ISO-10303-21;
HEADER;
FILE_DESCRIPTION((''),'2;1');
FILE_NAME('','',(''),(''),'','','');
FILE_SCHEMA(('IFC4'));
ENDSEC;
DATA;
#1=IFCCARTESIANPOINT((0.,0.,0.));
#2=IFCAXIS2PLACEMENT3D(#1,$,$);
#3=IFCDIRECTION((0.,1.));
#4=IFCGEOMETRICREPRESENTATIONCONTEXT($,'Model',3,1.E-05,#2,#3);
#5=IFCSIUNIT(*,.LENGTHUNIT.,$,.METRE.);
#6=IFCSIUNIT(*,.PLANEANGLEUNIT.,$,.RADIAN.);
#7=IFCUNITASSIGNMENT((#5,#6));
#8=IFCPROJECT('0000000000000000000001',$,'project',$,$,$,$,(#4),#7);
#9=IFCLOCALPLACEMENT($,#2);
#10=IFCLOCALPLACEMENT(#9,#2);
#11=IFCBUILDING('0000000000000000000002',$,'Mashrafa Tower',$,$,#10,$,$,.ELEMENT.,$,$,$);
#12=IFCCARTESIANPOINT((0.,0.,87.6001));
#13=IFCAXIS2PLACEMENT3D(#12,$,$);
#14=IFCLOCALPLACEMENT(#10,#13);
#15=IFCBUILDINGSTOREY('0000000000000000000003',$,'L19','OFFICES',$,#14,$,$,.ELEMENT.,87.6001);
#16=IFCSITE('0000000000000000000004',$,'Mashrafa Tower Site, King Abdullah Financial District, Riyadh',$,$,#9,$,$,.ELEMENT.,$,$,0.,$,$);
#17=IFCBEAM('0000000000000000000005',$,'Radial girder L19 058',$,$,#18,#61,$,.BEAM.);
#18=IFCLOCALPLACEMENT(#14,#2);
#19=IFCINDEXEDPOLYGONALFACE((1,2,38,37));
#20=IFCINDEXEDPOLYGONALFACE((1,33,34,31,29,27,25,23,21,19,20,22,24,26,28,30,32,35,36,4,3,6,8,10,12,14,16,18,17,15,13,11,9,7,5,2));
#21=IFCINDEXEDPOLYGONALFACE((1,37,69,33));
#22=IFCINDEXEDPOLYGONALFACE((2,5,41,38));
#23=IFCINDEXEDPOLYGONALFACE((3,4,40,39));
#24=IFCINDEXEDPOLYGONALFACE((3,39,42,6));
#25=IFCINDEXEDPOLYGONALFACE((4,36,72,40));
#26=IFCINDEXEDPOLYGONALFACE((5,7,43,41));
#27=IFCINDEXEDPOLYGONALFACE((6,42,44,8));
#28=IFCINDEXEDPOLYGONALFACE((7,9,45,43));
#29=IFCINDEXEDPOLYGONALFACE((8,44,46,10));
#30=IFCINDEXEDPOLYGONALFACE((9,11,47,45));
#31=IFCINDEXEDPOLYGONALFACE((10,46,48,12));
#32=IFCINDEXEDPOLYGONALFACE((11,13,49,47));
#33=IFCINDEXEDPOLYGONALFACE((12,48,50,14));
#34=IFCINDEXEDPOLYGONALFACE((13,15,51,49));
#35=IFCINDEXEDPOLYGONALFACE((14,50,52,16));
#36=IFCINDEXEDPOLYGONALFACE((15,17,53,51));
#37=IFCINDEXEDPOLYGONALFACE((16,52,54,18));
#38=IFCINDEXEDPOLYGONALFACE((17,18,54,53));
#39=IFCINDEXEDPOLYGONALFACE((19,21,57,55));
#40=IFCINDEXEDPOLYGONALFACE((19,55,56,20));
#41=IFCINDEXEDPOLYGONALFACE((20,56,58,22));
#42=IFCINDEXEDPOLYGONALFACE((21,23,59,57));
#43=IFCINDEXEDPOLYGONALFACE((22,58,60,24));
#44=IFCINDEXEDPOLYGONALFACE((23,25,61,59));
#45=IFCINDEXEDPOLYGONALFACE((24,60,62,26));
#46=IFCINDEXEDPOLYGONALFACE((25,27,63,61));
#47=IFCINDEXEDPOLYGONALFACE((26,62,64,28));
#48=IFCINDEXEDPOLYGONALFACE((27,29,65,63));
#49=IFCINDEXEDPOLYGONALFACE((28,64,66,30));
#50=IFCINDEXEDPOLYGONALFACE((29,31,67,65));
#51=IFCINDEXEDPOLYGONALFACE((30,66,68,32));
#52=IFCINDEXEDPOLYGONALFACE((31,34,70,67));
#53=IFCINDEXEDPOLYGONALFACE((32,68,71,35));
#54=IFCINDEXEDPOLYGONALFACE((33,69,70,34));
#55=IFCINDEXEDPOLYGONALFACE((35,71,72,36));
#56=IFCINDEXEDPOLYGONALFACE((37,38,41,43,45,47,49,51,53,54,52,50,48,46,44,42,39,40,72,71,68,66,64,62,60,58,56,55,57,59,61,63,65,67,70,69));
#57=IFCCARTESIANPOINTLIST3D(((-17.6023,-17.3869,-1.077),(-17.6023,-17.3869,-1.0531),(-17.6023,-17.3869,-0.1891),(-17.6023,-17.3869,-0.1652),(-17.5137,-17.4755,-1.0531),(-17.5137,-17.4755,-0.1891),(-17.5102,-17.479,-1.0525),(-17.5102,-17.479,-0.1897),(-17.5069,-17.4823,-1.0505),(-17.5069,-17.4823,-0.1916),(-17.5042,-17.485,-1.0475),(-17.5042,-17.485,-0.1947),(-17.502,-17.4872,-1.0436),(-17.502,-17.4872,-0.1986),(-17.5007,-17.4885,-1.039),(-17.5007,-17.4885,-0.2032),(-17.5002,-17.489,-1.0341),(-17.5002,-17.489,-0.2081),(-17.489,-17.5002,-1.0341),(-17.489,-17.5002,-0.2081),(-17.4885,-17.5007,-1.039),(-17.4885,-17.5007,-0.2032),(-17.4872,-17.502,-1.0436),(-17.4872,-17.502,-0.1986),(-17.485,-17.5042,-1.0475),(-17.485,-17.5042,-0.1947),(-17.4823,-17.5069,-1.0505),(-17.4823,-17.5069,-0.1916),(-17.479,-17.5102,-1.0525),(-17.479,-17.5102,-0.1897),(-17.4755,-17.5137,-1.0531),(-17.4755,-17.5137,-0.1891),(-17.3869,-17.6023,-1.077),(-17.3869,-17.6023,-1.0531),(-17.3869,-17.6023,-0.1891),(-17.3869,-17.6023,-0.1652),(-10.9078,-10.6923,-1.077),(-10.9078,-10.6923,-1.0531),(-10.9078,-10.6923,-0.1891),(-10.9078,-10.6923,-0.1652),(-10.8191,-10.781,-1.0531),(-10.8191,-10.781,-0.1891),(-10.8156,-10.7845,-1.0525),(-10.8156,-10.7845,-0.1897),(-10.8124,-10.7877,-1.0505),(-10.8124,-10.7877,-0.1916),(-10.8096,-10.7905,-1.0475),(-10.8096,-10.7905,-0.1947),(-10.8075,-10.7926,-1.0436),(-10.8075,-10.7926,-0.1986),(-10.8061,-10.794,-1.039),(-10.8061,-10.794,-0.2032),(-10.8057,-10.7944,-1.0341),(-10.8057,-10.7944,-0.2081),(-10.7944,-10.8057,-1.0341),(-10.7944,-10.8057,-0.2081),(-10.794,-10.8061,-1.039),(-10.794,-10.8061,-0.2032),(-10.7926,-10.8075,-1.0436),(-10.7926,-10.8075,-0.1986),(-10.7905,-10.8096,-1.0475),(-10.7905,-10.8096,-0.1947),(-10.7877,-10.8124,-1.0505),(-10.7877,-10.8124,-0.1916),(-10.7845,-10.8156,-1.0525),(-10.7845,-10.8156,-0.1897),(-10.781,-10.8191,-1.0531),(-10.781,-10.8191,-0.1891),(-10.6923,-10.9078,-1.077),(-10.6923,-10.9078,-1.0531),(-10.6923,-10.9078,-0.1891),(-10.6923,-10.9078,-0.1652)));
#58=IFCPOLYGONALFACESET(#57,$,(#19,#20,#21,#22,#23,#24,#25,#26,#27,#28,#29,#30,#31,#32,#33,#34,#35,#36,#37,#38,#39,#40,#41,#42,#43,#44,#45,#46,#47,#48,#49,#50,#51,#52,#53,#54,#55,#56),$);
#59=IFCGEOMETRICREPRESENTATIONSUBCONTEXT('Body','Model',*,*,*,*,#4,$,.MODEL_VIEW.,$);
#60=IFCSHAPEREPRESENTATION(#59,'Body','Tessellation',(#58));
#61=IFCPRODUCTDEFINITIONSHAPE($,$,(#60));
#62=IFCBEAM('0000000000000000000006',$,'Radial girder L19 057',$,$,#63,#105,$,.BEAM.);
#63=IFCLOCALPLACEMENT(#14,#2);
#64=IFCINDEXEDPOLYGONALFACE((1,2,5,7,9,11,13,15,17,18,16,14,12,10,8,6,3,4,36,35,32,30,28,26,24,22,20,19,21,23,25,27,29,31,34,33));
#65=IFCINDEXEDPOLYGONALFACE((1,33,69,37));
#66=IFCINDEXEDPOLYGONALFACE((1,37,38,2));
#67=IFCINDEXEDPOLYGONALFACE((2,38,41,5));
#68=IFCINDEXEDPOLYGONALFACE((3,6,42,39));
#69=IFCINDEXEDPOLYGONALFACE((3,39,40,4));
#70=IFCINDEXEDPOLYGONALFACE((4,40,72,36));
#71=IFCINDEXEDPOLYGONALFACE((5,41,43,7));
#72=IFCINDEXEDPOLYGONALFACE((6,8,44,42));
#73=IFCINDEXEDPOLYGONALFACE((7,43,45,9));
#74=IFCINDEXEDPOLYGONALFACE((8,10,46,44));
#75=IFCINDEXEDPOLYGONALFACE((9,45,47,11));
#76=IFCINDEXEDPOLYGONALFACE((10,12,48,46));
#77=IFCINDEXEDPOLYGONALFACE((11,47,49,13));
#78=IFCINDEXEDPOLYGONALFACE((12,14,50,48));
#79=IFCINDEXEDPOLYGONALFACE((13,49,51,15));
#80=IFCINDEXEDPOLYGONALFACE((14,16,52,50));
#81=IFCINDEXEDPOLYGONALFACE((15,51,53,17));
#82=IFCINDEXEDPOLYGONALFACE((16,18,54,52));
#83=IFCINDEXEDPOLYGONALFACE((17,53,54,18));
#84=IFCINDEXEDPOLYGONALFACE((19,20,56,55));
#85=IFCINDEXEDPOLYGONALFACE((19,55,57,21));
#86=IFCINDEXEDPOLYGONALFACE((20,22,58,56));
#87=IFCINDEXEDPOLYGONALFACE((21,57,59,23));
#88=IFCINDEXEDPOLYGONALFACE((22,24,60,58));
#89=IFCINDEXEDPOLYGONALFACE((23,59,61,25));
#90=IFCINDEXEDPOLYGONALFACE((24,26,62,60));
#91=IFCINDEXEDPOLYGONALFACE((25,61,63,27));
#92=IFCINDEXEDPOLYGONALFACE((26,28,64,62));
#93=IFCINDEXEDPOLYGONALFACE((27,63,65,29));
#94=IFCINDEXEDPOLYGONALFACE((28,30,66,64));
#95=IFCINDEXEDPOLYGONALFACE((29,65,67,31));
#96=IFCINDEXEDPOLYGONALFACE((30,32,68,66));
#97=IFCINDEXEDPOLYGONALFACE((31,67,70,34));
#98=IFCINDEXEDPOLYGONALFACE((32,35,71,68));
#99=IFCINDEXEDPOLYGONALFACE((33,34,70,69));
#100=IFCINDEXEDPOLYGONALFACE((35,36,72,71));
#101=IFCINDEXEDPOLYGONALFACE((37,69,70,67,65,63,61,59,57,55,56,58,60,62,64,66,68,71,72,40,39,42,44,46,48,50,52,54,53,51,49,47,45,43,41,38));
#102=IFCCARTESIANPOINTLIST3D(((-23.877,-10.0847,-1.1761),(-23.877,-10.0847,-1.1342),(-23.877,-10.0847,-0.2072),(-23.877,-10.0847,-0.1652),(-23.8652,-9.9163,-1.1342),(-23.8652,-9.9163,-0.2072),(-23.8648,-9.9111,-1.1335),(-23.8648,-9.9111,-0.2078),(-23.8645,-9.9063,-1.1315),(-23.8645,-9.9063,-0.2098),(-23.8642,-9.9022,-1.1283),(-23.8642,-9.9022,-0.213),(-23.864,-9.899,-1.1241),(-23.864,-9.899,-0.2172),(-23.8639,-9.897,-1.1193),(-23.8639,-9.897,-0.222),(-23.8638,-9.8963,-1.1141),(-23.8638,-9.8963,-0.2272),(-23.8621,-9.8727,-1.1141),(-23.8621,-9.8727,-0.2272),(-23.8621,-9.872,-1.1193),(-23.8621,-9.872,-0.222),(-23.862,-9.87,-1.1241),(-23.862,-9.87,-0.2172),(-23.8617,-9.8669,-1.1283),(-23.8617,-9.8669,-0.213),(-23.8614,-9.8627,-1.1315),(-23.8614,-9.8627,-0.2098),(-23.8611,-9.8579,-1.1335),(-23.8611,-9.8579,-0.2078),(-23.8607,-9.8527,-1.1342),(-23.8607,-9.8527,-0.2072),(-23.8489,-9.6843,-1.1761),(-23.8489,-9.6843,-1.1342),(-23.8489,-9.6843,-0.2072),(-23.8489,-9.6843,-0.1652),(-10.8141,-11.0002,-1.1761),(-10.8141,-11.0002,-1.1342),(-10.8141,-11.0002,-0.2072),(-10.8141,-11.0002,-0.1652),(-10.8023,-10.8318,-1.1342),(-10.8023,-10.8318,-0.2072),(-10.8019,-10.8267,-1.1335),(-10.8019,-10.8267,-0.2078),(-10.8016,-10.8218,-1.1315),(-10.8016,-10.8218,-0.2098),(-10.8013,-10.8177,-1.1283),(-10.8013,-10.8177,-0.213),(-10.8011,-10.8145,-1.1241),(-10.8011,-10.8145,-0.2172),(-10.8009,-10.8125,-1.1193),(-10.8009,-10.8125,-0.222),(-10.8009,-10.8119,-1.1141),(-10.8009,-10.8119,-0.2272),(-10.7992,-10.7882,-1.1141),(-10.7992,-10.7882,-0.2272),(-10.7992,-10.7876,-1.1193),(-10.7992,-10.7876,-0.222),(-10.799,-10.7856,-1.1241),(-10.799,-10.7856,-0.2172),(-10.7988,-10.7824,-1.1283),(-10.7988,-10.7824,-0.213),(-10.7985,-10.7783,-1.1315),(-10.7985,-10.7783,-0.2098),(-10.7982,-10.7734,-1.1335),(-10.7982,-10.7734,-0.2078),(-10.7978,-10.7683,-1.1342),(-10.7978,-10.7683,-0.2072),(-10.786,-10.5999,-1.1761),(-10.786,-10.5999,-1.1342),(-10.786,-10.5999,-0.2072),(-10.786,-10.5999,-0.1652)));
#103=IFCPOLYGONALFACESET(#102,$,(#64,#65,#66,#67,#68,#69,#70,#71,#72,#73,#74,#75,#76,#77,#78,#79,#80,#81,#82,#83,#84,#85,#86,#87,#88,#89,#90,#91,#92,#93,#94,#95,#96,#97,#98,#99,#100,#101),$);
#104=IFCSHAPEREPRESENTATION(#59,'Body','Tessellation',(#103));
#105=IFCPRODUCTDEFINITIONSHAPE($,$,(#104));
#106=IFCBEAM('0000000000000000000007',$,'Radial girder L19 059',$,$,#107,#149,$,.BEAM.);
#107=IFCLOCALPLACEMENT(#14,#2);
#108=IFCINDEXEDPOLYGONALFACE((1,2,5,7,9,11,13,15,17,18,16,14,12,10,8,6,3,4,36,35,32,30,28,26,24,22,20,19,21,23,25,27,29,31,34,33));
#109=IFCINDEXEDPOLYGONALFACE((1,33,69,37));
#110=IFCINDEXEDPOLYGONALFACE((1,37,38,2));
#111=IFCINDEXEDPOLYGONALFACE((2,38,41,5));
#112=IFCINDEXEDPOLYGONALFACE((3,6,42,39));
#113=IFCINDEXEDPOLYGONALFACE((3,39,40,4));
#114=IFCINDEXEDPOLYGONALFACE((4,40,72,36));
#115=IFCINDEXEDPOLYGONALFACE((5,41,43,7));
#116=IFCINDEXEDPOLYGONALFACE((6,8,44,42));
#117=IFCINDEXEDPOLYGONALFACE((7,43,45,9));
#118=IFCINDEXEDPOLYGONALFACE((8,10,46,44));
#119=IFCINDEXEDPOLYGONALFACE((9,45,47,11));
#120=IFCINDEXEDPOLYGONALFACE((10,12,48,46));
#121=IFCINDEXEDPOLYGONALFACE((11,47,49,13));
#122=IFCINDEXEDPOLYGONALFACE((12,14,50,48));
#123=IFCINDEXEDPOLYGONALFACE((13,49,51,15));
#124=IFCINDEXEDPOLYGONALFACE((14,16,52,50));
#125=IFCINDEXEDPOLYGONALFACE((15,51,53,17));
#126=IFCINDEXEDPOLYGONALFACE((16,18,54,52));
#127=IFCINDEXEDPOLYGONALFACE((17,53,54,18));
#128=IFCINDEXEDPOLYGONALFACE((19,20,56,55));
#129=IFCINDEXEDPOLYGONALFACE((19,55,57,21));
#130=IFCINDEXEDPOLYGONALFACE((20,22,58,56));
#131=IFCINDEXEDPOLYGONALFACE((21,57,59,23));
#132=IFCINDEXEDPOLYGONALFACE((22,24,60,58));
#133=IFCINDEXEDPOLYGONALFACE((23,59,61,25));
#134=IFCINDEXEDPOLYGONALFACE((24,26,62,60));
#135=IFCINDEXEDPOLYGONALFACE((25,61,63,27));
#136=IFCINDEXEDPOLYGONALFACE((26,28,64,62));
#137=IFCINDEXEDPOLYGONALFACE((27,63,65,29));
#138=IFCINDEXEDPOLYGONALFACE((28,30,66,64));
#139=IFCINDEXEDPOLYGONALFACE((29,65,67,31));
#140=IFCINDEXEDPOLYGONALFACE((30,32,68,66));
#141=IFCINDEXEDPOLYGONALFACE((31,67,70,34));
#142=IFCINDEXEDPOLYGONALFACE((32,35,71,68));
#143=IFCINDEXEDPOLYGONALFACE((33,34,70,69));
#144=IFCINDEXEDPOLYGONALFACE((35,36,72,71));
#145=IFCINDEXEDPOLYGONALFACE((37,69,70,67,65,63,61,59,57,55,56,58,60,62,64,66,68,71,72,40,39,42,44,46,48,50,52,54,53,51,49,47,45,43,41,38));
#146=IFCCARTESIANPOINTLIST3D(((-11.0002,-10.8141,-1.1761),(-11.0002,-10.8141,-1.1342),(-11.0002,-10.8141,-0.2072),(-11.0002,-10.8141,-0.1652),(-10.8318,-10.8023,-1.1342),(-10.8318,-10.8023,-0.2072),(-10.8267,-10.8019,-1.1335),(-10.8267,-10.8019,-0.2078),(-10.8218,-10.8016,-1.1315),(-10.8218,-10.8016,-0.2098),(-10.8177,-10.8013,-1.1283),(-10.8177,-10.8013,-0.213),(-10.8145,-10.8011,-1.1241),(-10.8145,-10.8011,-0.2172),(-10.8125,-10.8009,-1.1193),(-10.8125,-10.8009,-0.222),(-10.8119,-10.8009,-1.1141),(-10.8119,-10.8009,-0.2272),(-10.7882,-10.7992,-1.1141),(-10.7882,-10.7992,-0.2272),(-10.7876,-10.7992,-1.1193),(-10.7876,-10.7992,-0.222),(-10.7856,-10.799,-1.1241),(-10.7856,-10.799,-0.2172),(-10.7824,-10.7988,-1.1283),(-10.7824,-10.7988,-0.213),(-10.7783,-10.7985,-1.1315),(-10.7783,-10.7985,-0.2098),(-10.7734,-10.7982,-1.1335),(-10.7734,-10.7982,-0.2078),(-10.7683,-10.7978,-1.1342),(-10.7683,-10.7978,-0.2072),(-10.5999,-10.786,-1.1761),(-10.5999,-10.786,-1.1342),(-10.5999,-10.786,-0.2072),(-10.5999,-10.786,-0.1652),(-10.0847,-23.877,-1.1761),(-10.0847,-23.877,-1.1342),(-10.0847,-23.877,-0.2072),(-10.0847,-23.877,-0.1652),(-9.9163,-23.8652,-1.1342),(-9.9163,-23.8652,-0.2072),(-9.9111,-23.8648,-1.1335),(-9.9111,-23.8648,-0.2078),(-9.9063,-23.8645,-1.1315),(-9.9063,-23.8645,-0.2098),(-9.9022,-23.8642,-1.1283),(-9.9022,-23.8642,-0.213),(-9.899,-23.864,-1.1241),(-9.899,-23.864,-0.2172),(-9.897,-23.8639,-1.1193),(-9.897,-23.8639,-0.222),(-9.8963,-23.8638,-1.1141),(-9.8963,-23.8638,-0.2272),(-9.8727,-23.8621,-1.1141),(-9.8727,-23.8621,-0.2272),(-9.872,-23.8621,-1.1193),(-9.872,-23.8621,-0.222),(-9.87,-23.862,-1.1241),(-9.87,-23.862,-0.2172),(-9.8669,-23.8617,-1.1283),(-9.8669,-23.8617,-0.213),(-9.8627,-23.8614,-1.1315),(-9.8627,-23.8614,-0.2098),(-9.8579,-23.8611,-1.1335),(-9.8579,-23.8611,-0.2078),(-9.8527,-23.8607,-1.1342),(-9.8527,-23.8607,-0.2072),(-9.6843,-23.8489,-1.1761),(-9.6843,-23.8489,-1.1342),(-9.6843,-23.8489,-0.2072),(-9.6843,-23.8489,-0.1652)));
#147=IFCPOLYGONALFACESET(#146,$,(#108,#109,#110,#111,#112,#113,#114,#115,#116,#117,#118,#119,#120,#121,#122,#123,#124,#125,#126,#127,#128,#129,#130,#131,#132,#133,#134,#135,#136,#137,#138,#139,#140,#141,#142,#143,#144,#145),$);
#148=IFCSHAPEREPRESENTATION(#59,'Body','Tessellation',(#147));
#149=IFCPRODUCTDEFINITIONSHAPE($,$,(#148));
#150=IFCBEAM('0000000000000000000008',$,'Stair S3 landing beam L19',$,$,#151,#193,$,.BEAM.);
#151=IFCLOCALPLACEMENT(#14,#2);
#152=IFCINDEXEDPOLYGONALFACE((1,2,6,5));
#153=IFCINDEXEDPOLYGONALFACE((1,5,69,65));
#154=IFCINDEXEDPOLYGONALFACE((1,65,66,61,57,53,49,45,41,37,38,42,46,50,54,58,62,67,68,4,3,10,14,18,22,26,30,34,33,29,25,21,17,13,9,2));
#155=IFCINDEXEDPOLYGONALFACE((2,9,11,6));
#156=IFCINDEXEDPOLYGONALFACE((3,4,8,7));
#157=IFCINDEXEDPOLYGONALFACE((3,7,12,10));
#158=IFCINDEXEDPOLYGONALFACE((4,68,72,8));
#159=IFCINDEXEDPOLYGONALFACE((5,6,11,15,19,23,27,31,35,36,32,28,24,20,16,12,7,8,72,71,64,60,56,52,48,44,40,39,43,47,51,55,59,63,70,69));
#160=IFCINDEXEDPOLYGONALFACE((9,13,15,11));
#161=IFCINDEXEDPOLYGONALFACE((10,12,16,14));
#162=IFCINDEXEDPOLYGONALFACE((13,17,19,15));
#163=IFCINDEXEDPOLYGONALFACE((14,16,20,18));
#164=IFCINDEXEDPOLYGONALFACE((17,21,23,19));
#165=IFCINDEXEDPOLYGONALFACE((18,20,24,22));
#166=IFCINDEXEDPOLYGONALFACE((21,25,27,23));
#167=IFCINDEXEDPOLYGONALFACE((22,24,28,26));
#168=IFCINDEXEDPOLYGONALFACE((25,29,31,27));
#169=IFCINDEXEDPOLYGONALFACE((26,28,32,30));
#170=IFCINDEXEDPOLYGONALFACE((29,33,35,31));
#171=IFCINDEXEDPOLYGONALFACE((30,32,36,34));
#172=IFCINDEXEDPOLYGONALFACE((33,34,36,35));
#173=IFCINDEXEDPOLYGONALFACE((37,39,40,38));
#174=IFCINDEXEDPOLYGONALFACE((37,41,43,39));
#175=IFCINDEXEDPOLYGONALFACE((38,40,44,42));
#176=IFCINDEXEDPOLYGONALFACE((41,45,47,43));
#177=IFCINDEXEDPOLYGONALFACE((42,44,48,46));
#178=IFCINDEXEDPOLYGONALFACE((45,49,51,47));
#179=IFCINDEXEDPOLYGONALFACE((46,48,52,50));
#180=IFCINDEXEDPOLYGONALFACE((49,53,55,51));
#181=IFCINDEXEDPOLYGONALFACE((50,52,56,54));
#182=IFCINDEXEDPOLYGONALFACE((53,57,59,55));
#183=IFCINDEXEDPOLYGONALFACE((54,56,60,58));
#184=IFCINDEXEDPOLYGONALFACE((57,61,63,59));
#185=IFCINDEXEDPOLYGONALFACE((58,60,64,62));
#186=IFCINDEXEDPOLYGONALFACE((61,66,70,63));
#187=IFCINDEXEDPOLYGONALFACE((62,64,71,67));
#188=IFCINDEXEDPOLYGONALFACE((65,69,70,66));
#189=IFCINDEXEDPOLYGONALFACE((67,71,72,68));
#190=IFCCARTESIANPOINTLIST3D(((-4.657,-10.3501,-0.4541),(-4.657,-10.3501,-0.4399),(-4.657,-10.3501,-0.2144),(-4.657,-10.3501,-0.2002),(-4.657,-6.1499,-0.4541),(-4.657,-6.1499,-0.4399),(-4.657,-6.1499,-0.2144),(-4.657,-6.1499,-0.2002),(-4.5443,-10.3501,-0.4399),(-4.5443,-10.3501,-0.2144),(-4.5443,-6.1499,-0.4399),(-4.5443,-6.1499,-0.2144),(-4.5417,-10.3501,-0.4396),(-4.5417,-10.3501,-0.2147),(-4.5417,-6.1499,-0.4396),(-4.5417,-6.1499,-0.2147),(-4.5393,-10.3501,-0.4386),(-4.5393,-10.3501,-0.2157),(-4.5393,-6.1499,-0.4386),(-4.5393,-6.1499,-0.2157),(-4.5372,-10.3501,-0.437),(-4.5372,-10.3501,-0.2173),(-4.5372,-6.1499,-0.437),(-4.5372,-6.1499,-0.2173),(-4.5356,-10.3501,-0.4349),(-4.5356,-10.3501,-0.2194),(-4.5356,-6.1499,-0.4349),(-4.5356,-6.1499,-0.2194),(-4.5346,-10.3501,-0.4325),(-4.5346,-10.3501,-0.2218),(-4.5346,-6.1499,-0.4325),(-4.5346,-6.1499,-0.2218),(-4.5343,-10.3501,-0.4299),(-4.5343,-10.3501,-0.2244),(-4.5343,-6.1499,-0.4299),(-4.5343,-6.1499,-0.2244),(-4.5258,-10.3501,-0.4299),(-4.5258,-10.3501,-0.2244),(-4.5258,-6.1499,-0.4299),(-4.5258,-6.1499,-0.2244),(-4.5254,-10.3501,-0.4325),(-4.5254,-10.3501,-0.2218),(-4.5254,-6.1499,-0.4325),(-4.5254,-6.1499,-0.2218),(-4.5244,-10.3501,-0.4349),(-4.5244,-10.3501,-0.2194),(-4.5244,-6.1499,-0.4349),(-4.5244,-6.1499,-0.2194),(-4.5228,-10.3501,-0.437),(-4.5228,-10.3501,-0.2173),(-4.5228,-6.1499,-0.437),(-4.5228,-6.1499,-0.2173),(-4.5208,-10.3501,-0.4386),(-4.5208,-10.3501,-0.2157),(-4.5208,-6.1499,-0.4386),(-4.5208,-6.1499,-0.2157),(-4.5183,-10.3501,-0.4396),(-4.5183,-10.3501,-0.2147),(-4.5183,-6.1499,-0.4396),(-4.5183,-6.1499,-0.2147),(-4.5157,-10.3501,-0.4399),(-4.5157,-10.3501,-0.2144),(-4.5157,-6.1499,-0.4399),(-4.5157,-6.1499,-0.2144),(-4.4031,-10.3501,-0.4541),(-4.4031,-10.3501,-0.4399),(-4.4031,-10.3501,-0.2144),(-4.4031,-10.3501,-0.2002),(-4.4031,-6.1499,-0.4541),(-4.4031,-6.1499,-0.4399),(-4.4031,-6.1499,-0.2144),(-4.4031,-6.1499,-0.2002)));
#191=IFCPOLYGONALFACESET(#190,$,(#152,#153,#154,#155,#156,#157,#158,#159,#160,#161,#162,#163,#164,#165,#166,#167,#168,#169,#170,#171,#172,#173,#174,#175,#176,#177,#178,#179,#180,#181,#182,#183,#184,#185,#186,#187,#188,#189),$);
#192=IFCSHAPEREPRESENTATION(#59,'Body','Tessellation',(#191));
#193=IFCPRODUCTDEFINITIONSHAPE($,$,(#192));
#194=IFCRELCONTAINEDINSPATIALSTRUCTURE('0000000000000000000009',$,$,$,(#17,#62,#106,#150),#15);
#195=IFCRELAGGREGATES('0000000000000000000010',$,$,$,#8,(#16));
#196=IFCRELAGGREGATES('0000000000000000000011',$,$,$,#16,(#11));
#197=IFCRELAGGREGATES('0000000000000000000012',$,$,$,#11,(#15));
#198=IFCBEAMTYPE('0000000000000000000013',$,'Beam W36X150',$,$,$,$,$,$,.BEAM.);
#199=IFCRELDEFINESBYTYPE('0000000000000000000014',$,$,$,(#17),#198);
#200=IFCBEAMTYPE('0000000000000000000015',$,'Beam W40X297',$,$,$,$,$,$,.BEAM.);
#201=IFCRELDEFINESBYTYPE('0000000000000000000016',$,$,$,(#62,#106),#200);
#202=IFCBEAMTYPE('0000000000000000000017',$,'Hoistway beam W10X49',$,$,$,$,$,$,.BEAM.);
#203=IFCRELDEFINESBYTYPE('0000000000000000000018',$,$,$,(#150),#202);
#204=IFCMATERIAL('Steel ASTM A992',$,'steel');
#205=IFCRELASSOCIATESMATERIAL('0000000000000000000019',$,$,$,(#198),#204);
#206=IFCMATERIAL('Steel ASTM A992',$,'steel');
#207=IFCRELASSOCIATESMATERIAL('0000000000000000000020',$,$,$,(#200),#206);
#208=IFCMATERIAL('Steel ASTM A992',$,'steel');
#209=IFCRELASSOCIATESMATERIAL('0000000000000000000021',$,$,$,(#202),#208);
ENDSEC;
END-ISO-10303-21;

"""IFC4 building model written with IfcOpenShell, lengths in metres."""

from ifc_helpers import new_model, si_unit, direction, frame, origin, origin_2d, place, context, subcontext, project, spatial, i_section, extrude, material, material_profile, profile_set, type_object, element, save


model = new_model("IFC4")

# Units and contexts
model_context = context("Model", 3, precision=1e-05, world=origin(), true_north=direction((0.0, 1.0)))
body_context = subcontext(model_context, "Body", "Model", "MODEL_VIEW")
ifc_project = project(units=[si_unit("LENGTHUNIT", "METRE"), si_unit("PLANEANGLEUNIT", "RADIAN")], contexts=[model_context])

# Site, building, storey
site_placement = place(None, origin())
site = spatial("IfcSite", under=ifc_project, at=site_placement, Name="Mashrafa Tower Site, King Abdullah Financial District, Riyadh", CompositionType="ELEMENT", RefElevation=0.0)
building_placement = place(site_placement, origin())
building = spatial("IfcBuilding", under=site, at=building_placement, Name="Mashrafa Tower", CompositionType="ELEMENT")
storey_placement = place(building_placement, frame((0.0, 0.0, 87.6001)))
storey = spatial("IfcBuildingStorey", under=building, at=storey_placement, Name="L19", Description="OFFICES", CompositionType="ELEMENT", Elevation=87.6001)

# Beams
ifc_material_1 = material(Name="Steel ASTM A992", Category="steel")
ifc_material_profile_1 = material_profile(ifc_material_1, i_section(OverallWidth=0.3047, OverallDepth=0.9119, WebThickness=0.0159, FlangeThickness=0.0239, FilletRadius=0.019, at=origin_2d()), Name="W36X150")
ifc_profile_set_1 = profile_set([ifc_material_profile_1], Name="Steel ASTM A992")
beam_type_1 = type_object("IfcBeamType", Name="Beam W36X150", PredefinedType="BEAM", material=ifc_profile_set_1)
beam_1_placement = place(storey_placement, frame((-10.8, -10.8, -0.6211), z_axis=(-0.707107, -0.707107, 0.0), x_axis=(0.707107, -0.707107, 0.0)))
element("IfcBeam", 1, at=beam_1_placement, inside=storey, type_object=beam_type_1, Name="Radial girder L19 058", PredefinedType="BEAM", context=body_context, shape_type="SweptSolid", body=[
    extrude(i_section(OverallWidth=0.3047, OverallDepth=0.9119, WebThickness=0.0159, FlangeThickness=0.0239, FilletRadius=0.019, at=origin_2d()), origin(), (0.0, 0.0, 1.0), 9.4675),
])
ifc_material_2 = material(Name="Steel ASTM A992", Category="steel")
ifc_material_profile_2 = material_profile(ifc_material_2, i_section(OverallWidth=0.4014, OverallDepth=1.011, WebThickness=0.0237, FlangeThickness=0.042, FilletRadius=0.02, at=origin_2d()), Name="W40X297")
ifc_profile_set_2 = profile_set([ifc_material_profile_2], Name="Steel ASTM A992")
beam_type_2 = type_object("IfcBeamType", Name="Beam W40X297", PredefinedType="BEAM", material=ifc_profile_set_2)
for number, where, z_axis, x_axis, name in (
    (2, (-10.8, -10.8, -0.6707), (-0.997553, 0.069914, 0.0), (-0.069914, -0.997553, 0.0), "Radial girder L19 057"),
    (3, (-10.8, -10.8, -0.6707), (0.069914, -0.997553, 0.0), (0.997553, 0.069914, 0.0), "Radial girder L19 059"),
):
    element("IfcBeam", number, at=place(storey_placement, frame(where, z_axis=z_axis, x_axis=x_axis)), inside=storey, type_object=beam_type_2, Name=name, PredefinedType="BEAM", context=body_context, shape_type="SweptSolid", body=[
        extrude(i_section(OverallWidth=0.4014, OverallDepth=1.011, WebThickness=0.0237, FlangeThickness=0.042, FilletRadius=0.02, at=origin_2d()), origin(), (0.0, 0.0, 1.0), 13.095),
    ])
ifc_material_3 = material(Name="Steel ASTM A992", Category="steel")
ifc_material_profile_3 = material_profile(ifc_material_3, i_section(OverallWidth=0.2539, OverallDepth=0.2539, WebThickness=0.0085, FlangeThickness=0.0142, FilletRadius=0.01, at=origin_2d()), Name="W10X49")
ifc_profile_set_3 = profile_set([ifc_material_profile_3], Name="Steel ASTM A992")
beam_type_3 = type_object("IfcBeamType", Name="Hoistway beam W10X49", PredefinedType="BEAM", material=ifc_profile_set_3)
beam_2_placement = place(storey_placement, frame((-4.53, -10.3501, -0.3271), z_axis=(0.0, 1.0, 0.0), x_axis=(-1.0, 0.0, 0.0)))
element("IfcBeam", 4, at=beam_2_placement, inside=storey, type_object=beam_type_3, Name="Stair S3 landing beam L19", PredefinedType="BEAM", context=body_context, shape_type="SweptSolid", body=[
    extrude(i_section(OverallWidth=0.2539, OverallDepth=0.2539, WebThickness=0.0085, FlangeThickness=0.0142, FilletRadius=0.01, at=origin_2d()), origin(), (0.0, 0.0, 1.0), 4.2002),
])

save(model, "model.ifc")
